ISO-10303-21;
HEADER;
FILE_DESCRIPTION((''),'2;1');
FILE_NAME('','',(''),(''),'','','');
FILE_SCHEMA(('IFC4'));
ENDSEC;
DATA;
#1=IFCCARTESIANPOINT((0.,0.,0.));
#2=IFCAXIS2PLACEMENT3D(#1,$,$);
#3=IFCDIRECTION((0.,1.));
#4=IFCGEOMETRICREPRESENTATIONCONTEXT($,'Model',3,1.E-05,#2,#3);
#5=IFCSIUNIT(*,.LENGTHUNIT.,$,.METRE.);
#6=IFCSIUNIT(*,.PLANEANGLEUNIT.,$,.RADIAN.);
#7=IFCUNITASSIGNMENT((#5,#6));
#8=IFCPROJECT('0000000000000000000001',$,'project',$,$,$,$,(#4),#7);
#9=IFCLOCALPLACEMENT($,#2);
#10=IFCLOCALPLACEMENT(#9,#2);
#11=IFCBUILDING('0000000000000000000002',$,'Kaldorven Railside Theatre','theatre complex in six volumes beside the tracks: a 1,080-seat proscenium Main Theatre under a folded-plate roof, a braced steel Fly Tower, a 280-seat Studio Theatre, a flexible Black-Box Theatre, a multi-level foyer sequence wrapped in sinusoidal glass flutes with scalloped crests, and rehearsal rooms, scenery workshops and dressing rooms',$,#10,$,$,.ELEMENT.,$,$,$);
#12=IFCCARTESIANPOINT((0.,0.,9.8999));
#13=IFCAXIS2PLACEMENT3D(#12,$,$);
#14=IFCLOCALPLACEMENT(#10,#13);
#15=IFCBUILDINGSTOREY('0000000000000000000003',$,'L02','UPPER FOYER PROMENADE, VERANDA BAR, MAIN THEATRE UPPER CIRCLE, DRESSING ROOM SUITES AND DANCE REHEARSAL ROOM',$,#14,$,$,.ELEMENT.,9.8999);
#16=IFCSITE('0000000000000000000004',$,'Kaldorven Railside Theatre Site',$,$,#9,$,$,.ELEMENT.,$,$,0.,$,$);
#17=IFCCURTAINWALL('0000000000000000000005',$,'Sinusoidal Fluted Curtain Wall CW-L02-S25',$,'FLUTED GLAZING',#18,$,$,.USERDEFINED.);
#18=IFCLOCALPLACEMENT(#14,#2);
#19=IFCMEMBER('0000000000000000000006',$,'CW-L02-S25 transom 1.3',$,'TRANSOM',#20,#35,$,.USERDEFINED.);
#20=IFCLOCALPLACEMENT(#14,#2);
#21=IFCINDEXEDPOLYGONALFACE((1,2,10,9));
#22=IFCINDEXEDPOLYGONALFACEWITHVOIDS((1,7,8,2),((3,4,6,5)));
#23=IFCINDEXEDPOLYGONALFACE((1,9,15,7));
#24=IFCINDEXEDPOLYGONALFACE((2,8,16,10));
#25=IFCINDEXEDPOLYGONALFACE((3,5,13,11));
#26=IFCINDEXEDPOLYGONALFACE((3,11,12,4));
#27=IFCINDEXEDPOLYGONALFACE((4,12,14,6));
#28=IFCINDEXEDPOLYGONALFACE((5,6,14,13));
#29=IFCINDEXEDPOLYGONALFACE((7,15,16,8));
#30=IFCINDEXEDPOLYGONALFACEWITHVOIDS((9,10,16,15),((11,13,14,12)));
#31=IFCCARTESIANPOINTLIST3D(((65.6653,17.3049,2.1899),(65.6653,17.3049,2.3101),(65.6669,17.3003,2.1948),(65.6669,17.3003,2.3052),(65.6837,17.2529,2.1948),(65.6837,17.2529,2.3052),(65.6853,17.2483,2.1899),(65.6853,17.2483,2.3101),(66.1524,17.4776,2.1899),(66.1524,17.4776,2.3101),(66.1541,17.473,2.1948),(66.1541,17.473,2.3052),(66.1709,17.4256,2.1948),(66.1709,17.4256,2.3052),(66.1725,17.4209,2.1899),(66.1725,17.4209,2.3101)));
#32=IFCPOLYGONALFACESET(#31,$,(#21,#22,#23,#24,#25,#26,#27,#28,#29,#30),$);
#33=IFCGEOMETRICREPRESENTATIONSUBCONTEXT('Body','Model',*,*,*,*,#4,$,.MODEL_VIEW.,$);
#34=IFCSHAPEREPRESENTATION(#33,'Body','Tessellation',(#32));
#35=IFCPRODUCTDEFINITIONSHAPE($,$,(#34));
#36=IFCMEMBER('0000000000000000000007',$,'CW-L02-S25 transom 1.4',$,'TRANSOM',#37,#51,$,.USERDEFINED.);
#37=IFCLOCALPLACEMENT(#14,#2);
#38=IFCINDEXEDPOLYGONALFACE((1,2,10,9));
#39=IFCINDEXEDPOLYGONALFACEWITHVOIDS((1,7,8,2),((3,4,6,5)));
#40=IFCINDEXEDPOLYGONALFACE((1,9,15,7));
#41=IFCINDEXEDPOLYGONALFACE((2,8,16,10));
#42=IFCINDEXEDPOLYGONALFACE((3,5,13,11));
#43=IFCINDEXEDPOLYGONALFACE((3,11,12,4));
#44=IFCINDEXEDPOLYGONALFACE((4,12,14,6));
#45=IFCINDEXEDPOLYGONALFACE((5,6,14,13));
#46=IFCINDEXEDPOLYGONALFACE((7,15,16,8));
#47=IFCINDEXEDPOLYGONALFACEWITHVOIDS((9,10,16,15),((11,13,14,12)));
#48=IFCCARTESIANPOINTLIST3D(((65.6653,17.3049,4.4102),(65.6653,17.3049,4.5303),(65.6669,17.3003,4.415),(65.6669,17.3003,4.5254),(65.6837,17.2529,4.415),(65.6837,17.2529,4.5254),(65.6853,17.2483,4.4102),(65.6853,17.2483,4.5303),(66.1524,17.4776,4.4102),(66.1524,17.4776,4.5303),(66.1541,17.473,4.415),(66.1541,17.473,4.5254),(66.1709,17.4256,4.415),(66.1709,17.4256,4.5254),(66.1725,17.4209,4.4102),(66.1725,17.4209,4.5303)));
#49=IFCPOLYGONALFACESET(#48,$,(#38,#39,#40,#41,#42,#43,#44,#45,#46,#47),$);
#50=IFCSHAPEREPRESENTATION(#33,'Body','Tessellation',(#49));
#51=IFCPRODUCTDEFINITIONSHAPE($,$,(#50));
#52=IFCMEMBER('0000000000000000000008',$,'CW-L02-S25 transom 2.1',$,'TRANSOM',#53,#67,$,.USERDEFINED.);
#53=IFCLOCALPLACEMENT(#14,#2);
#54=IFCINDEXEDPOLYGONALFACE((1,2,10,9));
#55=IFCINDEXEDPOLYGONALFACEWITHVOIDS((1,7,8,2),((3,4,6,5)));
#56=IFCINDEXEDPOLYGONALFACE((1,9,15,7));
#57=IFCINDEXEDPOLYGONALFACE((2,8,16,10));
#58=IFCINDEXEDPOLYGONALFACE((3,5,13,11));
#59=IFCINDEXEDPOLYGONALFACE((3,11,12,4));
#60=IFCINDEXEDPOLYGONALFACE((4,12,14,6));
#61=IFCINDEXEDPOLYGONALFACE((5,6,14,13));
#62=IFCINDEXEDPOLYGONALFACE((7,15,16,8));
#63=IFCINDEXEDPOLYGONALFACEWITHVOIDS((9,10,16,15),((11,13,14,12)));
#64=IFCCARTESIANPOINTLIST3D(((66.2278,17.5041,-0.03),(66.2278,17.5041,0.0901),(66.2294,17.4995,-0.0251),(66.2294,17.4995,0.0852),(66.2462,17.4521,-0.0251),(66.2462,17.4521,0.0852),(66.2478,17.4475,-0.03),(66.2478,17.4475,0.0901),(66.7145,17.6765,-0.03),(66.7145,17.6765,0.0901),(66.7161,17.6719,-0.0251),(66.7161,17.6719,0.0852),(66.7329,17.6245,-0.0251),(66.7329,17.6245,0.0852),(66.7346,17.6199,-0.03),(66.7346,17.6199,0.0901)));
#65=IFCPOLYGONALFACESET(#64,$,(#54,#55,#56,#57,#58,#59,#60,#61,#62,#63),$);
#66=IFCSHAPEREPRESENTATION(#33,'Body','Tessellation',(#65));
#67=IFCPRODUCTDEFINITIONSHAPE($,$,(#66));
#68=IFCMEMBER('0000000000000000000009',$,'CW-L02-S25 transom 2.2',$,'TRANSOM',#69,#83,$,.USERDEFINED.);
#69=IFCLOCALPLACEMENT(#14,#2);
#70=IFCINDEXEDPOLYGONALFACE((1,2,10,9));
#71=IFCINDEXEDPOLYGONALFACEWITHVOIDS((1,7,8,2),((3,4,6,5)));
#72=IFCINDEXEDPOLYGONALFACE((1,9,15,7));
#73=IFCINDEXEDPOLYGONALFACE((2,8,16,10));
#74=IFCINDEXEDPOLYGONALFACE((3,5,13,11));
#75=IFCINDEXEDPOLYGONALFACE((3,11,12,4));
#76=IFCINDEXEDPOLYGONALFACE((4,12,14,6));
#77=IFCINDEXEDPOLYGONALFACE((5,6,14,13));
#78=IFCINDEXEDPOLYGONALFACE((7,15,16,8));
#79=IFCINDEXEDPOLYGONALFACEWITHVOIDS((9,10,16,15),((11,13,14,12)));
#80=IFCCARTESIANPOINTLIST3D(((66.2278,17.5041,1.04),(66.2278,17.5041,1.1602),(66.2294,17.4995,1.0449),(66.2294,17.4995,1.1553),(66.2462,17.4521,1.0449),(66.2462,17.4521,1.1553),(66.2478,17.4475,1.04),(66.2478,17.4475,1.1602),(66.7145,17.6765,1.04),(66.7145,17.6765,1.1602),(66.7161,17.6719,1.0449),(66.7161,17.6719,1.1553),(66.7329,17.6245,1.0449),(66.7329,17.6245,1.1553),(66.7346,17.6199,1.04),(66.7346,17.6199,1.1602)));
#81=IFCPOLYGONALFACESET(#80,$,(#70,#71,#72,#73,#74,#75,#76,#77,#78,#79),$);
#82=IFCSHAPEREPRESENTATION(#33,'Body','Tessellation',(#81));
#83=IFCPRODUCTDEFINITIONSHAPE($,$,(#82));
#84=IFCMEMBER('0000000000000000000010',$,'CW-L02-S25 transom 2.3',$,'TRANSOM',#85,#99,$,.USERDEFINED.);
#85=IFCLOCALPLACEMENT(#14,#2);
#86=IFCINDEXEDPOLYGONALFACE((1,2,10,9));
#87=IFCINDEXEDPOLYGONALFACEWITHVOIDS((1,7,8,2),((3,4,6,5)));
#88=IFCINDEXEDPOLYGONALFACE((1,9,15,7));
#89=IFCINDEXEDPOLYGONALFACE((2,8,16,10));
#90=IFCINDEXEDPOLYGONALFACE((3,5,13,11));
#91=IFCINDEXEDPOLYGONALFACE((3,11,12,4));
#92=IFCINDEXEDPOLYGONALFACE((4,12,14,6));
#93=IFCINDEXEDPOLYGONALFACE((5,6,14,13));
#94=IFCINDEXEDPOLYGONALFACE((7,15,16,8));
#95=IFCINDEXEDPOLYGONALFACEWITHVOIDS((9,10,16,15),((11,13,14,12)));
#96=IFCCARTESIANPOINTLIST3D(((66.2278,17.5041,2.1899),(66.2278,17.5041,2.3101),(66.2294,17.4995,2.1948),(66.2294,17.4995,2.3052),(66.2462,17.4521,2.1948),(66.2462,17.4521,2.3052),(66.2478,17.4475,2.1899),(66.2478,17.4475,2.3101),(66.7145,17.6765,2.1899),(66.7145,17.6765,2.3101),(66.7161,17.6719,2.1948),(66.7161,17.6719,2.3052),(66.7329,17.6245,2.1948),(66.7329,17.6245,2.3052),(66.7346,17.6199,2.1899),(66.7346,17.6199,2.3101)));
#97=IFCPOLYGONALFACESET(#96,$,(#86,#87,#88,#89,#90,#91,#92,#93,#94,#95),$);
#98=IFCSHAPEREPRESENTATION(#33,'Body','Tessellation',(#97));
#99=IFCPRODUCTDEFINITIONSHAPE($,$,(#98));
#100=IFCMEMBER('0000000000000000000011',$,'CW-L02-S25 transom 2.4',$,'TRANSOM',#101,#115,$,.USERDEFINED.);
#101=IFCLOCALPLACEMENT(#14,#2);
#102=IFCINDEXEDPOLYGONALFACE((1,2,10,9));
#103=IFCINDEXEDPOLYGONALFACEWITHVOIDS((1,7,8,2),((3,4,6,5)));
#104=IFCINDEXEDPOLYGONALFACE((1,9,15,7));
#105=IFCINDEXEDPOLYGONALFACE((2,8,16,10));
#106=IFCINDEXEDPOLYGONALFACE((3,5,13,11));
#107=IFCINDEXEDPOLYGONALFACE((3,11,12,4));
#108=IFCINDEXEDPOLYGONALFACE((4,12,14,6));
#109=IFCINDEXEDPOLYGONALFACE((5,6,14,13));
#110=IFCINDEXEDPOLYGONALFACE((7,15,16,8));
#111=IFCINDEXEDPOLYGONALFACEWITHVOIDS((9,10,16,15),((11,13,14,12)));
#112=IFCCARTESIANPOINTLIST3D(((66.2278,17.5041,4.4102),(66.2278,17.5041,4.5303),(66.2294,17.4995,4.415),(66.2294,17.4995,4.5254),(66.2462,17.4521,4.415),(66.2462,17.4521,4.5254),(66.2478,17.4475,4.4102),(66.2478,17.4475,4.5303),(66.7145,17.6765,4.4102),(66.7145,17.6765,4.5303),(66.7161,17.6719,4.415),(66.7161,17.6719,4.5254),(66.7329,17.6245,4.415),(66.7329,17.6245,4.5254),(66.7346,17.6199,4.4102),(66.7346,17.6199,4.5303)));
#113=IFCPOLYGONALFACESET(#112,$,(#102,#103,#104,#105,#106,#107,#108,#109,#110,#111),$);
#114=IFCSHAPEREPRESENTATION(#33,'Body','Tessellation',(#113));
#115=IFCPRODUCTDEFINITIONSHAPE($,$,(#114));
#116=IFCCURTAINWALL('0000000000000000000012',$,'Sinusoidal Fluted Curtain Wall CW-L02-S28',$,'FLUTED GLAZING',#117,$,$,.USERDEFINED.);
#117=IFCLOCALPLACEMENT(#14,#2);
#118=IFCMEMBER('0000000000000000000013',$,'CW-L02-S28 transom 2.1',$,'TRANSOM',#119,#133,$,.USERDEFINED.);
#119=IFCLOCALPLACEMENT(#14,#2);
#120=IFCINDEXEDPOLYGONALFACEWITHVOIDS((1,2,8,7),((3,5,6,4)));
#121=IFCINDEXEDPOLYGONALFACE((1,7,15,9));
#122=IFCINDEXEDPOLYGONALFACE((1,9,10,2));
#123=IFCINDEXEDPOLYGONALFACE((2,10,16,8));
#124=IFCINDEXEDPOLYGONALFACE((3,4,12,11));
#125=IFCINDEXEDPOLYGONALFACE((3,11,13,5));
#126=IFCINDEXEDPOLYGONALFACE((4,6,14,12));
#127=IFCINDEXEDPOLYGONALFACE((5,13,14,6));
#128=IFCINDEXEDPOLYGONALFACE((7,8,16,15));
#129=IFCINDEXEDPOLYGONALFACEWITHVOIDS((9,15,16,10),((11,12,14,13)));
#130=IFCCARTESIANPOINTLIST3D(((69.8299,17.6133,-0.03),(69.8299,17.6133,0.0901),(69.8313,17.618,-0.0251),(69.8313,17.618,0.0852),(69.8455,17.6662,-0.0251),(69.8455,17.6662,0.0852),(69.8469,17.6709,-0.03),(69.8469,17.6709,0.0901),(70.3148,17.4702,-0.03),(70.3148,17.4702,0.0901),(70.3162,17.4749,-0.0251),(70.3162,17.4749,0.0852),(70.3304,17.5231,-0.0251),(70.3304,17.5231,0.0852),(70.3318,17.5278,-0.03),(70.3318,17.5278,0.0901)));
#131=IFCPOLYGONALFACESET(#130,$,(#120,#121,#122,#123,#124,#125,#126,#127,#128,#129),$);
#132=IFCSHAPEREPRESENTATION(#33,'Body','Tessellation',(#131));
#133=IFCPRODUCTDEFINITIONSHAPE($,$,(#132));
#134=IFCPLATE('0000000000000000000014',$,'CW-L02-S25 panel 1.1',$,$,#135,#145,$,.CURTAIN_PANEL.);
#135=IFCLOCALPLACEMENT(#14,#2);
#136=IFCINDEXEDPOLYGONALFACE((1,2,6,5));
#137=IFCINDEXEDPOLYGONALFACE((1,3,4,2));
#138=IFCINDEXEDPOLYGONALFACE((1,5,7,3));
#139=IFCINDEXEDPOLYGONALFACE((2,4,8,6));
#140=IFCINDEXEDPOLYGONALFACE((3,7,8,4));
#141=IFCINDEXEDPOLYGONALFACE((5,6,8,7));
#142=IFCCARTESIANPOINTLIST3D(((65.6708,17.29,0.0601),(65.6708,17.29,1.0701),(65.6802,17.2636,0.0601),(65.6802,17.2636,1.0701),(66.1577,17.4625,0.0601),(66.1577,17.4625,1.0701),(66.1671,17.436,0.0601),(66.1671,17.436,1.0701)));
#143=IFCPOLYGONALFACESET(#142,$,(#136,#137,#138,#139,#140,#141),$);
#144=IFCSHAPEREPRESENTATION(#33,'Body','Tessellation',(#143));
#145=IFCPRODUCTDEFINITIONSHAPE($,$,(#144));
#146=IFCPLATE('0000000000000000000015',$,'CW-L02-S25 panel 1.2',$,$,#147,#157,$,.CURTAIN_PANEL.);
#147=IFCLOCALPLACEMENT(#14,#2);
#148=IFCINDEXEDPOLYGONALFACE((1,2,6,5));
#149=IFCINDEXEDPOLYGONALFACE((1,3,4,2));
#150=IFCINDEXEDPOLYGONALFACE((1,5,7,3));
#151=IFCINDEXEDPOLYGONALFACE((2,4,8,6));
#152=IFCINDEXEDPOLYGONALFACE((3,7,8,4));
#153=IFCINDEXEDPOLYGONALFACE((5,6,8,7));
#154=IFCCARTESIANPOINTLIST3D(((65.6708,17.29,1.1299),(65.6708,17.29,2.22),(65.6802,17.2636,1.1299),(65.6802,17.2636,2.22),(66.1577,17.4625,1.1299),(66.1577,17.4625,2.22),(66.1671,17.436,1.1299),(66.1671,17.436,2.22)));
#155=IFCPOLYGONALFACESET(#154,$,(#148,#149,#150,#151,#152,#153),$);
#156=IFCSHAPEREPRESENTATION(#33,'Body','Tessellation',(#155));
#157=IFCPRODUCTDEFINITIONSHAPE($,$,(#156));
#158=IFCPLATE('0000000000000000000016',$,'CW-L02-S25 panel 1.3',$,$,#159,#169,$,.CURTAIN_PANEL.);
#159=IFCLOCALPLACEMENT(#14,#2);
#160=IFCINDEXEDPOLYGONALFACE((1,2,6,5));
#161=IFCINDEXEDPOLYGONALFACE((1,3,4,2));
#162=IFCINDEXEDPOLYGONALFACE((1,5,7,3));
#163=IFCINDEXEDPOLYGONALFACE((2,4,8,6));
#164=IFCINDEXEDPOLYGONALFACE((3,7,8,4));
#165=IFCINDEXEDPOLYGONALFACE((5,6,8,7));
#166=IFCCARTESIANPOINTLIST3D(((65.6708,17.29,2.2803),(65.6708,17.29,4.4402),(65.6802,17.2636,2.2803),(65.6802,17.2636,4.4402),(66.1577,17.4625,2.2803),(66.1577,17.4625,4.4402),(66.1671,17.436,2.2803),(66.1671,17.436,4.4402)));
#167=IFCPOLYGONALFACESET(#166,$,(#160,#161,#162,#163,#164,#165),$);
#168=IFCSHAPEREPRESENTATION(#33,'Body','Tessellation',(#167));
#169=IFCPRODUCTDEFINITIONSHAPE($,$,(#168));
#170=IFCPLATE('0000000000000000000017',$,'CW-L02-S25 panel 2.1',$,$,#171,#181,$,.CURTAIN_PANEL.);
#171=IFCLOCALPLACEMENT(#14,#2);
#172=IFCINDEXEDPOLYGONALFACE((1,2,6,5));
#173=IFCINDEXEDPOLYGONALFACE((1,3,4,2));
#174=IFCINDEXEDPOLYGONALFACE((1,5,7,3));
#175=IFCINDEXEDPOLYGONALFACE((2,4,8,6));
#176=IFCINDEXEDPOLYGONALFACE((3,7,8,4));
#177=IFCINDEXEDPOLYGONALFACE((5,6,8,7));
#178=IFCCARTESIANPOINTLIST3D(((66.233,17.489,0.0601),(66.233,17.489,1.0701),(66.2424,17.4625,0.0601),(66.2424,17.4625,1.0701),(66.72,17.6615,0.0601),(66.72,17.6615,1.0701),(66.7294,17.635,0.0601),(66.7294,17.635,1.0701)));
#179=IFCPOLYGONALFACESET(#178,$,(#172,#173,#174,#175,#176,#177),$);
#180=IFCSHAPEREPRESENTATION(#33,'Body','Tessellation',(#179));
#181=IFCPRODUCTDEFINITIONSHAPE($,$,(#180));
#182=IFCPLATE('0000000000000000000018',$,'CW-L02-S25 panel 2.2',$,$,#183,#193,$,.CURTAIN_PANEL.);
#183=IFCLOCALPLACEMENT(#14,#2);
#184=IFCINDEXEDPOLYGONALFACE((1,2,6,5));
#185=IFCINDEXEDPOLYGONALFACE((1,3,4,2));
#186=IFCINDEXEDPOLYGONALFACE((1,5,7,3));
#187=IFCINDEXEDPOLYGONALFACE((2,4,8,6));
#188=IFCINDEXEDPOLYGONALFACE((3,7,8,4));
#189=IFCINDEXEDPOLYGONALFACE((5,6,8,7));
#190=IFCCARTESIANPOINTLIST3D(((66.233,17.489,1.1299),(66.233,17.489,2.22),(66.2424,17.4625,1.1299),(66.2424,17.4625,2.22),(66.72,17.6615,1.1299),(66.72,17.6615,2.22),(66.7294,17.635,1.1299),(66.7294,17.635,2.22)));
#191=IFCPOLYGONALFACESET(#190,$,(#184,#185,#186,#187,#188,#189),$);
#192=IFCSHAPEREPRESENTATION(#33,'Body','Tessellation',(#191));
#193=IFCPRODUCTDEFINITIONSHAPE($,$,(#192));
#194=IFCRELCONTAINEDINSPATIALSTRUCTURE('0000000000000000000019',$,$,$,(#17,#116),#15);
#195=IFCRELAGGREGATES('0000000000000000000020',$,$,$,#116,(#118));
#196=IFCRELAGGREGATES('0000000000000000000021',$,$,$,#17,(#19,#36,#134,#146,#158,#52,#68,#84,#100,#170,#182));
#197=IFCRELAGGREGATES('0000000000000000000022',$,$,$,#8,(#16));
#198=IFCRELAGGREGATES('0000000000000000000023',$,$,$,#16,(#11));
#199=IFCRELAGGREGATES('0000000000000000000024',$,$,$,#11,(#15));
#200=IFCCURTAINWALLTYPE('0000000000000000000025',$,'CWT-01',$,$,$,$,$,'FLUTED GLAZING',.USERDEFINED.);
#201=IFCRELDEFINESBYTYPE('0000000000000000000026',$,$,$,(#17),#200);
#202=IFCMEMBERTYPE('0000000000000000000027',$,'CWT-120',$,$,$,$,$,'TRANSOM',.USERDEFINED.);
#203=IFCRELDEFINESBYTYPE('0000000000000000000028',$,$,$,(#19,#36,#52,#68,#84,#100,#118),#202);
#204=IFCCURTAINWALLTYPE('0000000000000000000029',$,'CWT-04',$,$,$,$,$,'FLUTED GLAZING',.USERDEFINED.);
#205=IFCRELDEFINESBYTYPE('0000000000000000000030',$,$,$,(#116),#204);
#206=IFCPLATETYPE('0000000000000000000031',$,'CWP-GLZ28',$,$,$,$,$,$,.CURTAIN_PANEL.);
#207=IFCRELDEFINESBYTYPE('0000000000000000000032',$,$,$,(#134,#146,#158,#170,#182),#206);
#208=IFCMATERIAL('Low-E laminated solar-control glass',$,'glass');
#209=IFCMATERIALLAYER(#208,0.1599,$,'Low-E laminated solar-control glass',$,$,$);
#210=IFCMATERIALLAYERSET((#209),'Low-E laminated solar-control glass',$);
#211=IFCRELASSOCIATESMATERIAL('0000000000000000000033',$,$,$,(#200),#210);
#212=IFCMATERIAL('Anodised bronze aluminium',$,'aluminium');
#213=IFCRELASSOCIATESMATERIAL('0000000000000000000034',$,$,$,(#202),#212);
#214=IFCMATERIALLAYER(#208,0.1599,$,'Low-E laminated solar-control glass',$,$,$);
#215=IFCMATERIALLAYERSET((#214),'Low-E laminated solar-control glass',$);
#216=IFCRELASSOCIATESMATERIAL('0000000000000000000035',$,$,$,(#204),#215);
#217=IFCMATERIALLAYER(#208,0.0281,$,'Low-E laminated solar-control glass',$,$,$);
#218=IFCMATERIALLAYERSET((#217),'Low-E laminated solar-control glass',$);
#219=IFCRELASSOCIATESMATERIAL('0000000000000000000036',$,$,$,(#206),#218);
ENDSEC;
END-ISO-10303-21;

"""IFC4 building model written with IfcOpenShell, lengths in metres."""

from ifc_helpers import new_model, si_unit, direction, frame, origin, origin_2d, place, context, subcontext, project, spatial, rectangle, hollow_rectangle, extrude, material, layer, layer_set, material_profile, profile_set, type_object, element, aggregate, save


model = new_model("IFC4")

# Units and contexts
model_context = context("Model", 3, precision=1e-05, world=origin(), true_north=direction((0.0, 1.0)))
body_context = subcontext(model_context, "Body", "Model", "MODEL_VIEW")
ifc_project = project(units=[si_unit("LENGTHUNIT", "METRE"), si_unit("PLANEANGLEUNIT", "RADIAN")], contexts=[model_context])

# Site, building, storey
site_placement = place(None, origin())
site = spatial("IfcSite", under=ifc_project, at=site_placement, Name="Kaldorven Railside Theatre Site", CompositionType="ELEMENT", RefElevation=0.0)
building_placement = place(site_placement, origin())
building = spatial("IfcBuilding", under=site, at=building_placement, Name="Kaldorven Railside Theatre", Description="theatre complex in six volumes beside the tracks: a 1,080-seat proscenium Main Theatre under a folded-plate roof, a braced steel Fly Tower, a 280-seat Studio Theatre, a flexible Black-Box Theatre, a multi-level foyer sequence wrapped in sinusoidal glass flutes with scalloped crests, and rehearsal rooms, scenery workshops and dressing rooms", CompositionType="ELEMENT")
storey_placement = place(building_placement, frame((0.0, 0.0, 9.8999)))
storey = spatial("IfcBuildingStorey", under=building, at=storey_placement, Name="L02", Description="UPPER FOYER PROMENADE, VERANDA BAR, MAIN THEATRE UPPER CIRCLE, DRESSING ROOM SUITES AND DANCE REHEARSAL ROOM", CompositionType="ELEMENT", Elevation=9.8999)

# Shared definitions
ifc_material_1 = material(Name="Low-E laminated solar-control glass", Category="glass")
ifc_layer_1 = layer(ifc_material_1, 0.1599, Name="Low-E laminated solar-control glass")
ifc_layer_set_1 = layer_set([ifc_layer_1], Name="Low-E laminated solar-control glass")
curtain_wall_type_1 = type_object("IfcCurtainWallType", Name="CWT-01", ElementType="FLUTED GLAZING", PredefinedType="USERDEFINED", material=ifc_layer_set_1)
ifc_material_2 = material(Name="Anodised bronze aluminium", Category="aluminium")

# Curtain wall, members
curtain_wall_1_placement = place(storey_placement, origin())
curtain_wall_1 = element("IfcCurtainWall", 1, at=curtain_wall_1_placement, inside=storey, type_object=curtain_wall_type_1, Name="Sinusoidal Fluted Curtain Wall CW-L02-S25", ObjectType="FLUTED GLAZING", PredefinedType="USERDEFINED")
ifc_material_profile_1 = material_profile(ifc_material_2, hollow_rectangle(XDim=0.0601, YDim=0.1201, WallThickness=0.0049, at=origin_2d()), Name="RHS 120x60x5")
ifc_profile_set_1 = profile_set([ifc_material_profile_1], Name="Anodised bronze aluminium")
member_type_1 = type_object("IfcMemberType", Name="CWT-120", ElementType="TRANSOM", PredefinedType="USERDEFINED", material=ifc_profile_set_1)
member_1_placement = place(storey_placement, frame((65.6753, 17.2766, 2.25), z_axis=(0.942562, 0.334031, 0.0), x_axis=(-0.334031, 0.942562, 0.0)))
member_1 = element("IfcMember", 2, at=member_1_placement, type_object=member_type_1, Name="CW-L02-S25 transom 1.3", ObjectType="TRANSOM", PredefinedType="USERDEFINED", context=body_context, shape_type="SweptSolid", body=[
    extrude(hollow_rectangle(XDim=0.0601, YDim=0.1201, WallThickness=0.0049, at=origin_2d()), origin(), (0.0, 0.0, 1.0), 0.5168),
])
member_2_placement = place(storey_placement, frame((65.6753, 17.2766, 4.4702), z_axis=(0.942562, 0.334031, 0.0), x_axis=(-0.334031, 0.942562, 0.0)))
member_2 = element("IfcMember", 3, at=member_2_placement, type_object=member_type_1, Name="CW-L02-S25 transom 1.4", ObjectType="TRANSOM", PredefinedType="USERDEFINED", context=body_context, shape_type="SweptSolid", body=[
    extrude(hollow_rectangle(XDim=0.0601, YDim=0.1201, WallThickness=0.0049, at=origin_2d()), origin(), (0.0, 0.0, 1.0), 0.5168),
])
member_3_placement = place(storey_placement, frame((66.2378, 17.4758, 0.03), z_axis=(0.942658, 0.33376, 0.0), x_axis=(-0.33376, 0.942658, 0.0)))
member_3 = element("IfcMember", 4, at=member_3_placement, type_object=member_type_1, Name="CW-L02-S25 transom 2.1", ObjectType="TRANSOM", PredefinedType="USERDEFINED", context=body_context, shape_type="SweptSolid", body=[
    extrude(hollow_rectangle(XDim=0.0601, YDim=0.1201, WallThickness=0.0049, at=origin_2d()), origin(), (0.0, 0.0, 1.0), 0.5164),
])
member_4_placement = place(storey_placement, frame((66.2378, 17.4758, 1.1001), z_axis=(0.942658, 0.33376, 0.0), x_axis=(-0.33376, 0.942658, 0.0)))
member_4 = element("IfcMember", 5, at=member_4_placement, type_object=member_type_1, Name="CW-L02-S25 transom 2.2", ObjectType="TRANSOM", PredefinedType="USERDEFINED", context=body_context, shape_type="SweptSolid", body=[
    extrude(hollow_rectangle(XDim=0.0601, YDim=0.1201, WallThickness=0.0049, at=origin_2d()), origin(), (0.0, 0.0, 1.0), 0.5164),
])
member_5_placement = place(storey_placement, frame((66.2378, 17.4758, 2.25), z_axis=(0.942658, 0.33376, 0.0), x_axis=(-0.33376, 0.942658, 0.0)))
member_5 = element("IfcMember", 6, at=member_5_placement, type_object=member_type_1, Name="CW-L02-S25 transom 2.3", ObjectType="TRANSOM", PredefinedType="USERDEFINED", context=body_context, shape_type="SweptSolid", body=[
    extrude(hollow_rectangle(XDim=0.0601, YDim=0.1201, WallThickness=0.0049, at=origin_2d()), origin(), (0.0, 0.0, 1.0), 0.5164),
])
member_6_placement = place(storey_placement, frame((66.2378, 17.4758, 4.4702), z_axis=(0.942658, 0.33376, 0.0), x_axis=(-0.33376, 0.942658, 0.0)))
member_6 = element("IfcMember", 7, at=member_6_placement, type_object=member_type_1, Name="CW-L02-S25 transom 2.4", ObjectType="TRANSOM", PredefinedType="USERDEFINED", context=body_context, shape_type="SweptSolid", body=[
    extrude(hollow_rectangle(XDim=0.0601, YDim=0.1201, WallThickness=0.0049, at=origin_2d()), origin(), (0.0, 0.0, 1.0), 0.5164),
])

# Curtain wall, member
ifc_layer_2 = layer(ifc_material_1, 0.1599, Name="Low-E laminated solar-control glass")
ifc_layer_set_2 = layer_set([ifc_layer_2], Name="Low-E laminated solar-control glass")
curtain_wall_type_2 = type_object("IfcCurtainWallType", Name="CWT-04", ElementType="FLUTED GLAZING", PredefinedType="USERDEFINED", material=ifc_layer_set_2)
curtain_wall_2_placement = place(storey_placement, origin())
curtain_wall_2 = element("IfcCurtainWall", 8, at=curtain_wall_2_placement, inside=storey, type_object=curtain_wall_type_2, Name="Sinusoidal Fluted Curtain Wall CW-L02-S28", ObjectType="FLUTED GLAZING", PredefinedType="USERDEFINED")
member_7_placement = place(storey_placement, frame((69.8384, 17.6421, 0.03), z_axis=(0.959119, -0.283003, 0.0), x_axis=(0.283003, 0.959119, 0.0)))
member_7 = element("IfcMember", 9, at=member_7_placement, type_object=member_type_1, Name="CW-L02-S28 transom 2.1", ObjectType="TRANSOM", PredefinedType="USERDEFINED", context=body_context, shape_type="SweptSolid", body=[
    extrude(hollow_rectangle(XDim=0.0601, YDim=0.1201, WallThickness=0.0049, at=origin_2d()), origin(), (0.0, 0.0, 1.0), 0.5056),
])
aggregate(curtain_wall_2, [member_7])

# Plates
ifc_layer_3 = layer(ifc_material_1, 0.0281, Name="Low-E laminated solar-control glass")
ifc_layer_set_3 = layer_set([ifc_layer_3], Name="Low-E laminated solar-control glass")
plate_type = type_object("IfcPlateType", Name="CWP-GLZ28", PredefinedType="CURTAIN_PANEL", material=ifc_layer_set_3)
plate_1_placement = place(storey_placement, frame((65.9189, 17.363, 0.0601), z_axis=(0.0, 0.0, 1.0), x_axis=(0.942627, 0.333847, 0.0)))
plate_1 = element("IfcPlate", 10, at=plate_1_placement, type_object=plate_type, Name="CW-L02-S25 panel 1.1", PredefinedType="CURTAIN_PANEL", context=body_context, shape_type="SweptSolid", body=[
    extrude(rectangle(XDim=0.5166, YDim=0.0281, at=origin_2d()), origin(), (0.0, 0.0, 1.0), 1.01),
])
plate_2_placement = place(storey_placement, frame((65.9189, 17.363, 1.1299), z_axis=(0.0, 0.0, 1.0), x_axis=(0.942627, 0.333847, 0.0)))
plate_2 = element("IfcPlate", 11, at=plate_2_placement, type_object=plate_type, Name="CW-L02-S25 panel 1.2", PredefinedType="CURTAIN_PANEL", context=body_context, shape_type="SweptSolid", body=[
    extrude(rectangle(XDim=0.5166, YDim=0.0281, at=origin_2d()), origin(), (0.0, 0.0, 1.0), 1.0901),
])
plate_3_placement = place(storey_placement, frame((65.9189, 17.363, 2.2803), z_axis=(0.0, 0.0, 1.0), x_axis=(0.942627, 0.333847, 0.0)))
plate_3 = element("IfcPlate", 12, at=plate_3_placement, type_object=plate_type, Name="CW-L02-S25 panel 1.3", PredefinedType="CURTAIN_PANEL", context=body_context, shape_type="SweptSolid", body=[
    extrude(rectangle(XDim=0.5166, YDim=0.0281, at=origin_2d()), origin(), (0.0, 0.0, 1.0), 2.1599),
])
plate_4_placement = place(storey_placement, frame((66.4812, 17.562, 0.0601), z_axis=(0.0, 0.0, 1.0), x_axis=(0.942627, 0.333847, 0.0)))
plate_4 = element("IfcPlate", 13, at=plate_4_placement, type_object=plate_type, Name="CW-L02-S25 panel 2.1", PredefinedType="CURTAIN_PANEL", context=body_context, shape_type="SweptSolid", body=[
    extrude(rectangle(XDim=0.5166, YDim=0.0281, at=origin_2d()), origin(), (0.0, 0.0, 1.0), 1.01),
])
plate_5_placement = place(storey_placement, frame((66.4812, 17.562, 1.1299), z_axis=(0.0, 0.0, 1.0), x_axis=(0.942627, 0.333847, 0.0)))
plate_5 = element("IfcPlate", 14, at=plate_5_placement, type_object=plate_type, Name="CW-L02-S25 panel 2.2", PredefinedType="CURTAIN_PANEL", context=body_context, shape_type="SweptSolid", body=[
    extrude(rectangle(XDim=0.5166, YDim=0.0281, at=origin_2d()), origin(), (0.0, 0.0, 1.0), 1.0901),
])
aggregate(curtain_wall_1, [member_1, member_2, plate_1, plate_2, plate_3, member_3, member_4, member_5, member_6, plate_4, plate_5])

save(model, "model.ifc")
